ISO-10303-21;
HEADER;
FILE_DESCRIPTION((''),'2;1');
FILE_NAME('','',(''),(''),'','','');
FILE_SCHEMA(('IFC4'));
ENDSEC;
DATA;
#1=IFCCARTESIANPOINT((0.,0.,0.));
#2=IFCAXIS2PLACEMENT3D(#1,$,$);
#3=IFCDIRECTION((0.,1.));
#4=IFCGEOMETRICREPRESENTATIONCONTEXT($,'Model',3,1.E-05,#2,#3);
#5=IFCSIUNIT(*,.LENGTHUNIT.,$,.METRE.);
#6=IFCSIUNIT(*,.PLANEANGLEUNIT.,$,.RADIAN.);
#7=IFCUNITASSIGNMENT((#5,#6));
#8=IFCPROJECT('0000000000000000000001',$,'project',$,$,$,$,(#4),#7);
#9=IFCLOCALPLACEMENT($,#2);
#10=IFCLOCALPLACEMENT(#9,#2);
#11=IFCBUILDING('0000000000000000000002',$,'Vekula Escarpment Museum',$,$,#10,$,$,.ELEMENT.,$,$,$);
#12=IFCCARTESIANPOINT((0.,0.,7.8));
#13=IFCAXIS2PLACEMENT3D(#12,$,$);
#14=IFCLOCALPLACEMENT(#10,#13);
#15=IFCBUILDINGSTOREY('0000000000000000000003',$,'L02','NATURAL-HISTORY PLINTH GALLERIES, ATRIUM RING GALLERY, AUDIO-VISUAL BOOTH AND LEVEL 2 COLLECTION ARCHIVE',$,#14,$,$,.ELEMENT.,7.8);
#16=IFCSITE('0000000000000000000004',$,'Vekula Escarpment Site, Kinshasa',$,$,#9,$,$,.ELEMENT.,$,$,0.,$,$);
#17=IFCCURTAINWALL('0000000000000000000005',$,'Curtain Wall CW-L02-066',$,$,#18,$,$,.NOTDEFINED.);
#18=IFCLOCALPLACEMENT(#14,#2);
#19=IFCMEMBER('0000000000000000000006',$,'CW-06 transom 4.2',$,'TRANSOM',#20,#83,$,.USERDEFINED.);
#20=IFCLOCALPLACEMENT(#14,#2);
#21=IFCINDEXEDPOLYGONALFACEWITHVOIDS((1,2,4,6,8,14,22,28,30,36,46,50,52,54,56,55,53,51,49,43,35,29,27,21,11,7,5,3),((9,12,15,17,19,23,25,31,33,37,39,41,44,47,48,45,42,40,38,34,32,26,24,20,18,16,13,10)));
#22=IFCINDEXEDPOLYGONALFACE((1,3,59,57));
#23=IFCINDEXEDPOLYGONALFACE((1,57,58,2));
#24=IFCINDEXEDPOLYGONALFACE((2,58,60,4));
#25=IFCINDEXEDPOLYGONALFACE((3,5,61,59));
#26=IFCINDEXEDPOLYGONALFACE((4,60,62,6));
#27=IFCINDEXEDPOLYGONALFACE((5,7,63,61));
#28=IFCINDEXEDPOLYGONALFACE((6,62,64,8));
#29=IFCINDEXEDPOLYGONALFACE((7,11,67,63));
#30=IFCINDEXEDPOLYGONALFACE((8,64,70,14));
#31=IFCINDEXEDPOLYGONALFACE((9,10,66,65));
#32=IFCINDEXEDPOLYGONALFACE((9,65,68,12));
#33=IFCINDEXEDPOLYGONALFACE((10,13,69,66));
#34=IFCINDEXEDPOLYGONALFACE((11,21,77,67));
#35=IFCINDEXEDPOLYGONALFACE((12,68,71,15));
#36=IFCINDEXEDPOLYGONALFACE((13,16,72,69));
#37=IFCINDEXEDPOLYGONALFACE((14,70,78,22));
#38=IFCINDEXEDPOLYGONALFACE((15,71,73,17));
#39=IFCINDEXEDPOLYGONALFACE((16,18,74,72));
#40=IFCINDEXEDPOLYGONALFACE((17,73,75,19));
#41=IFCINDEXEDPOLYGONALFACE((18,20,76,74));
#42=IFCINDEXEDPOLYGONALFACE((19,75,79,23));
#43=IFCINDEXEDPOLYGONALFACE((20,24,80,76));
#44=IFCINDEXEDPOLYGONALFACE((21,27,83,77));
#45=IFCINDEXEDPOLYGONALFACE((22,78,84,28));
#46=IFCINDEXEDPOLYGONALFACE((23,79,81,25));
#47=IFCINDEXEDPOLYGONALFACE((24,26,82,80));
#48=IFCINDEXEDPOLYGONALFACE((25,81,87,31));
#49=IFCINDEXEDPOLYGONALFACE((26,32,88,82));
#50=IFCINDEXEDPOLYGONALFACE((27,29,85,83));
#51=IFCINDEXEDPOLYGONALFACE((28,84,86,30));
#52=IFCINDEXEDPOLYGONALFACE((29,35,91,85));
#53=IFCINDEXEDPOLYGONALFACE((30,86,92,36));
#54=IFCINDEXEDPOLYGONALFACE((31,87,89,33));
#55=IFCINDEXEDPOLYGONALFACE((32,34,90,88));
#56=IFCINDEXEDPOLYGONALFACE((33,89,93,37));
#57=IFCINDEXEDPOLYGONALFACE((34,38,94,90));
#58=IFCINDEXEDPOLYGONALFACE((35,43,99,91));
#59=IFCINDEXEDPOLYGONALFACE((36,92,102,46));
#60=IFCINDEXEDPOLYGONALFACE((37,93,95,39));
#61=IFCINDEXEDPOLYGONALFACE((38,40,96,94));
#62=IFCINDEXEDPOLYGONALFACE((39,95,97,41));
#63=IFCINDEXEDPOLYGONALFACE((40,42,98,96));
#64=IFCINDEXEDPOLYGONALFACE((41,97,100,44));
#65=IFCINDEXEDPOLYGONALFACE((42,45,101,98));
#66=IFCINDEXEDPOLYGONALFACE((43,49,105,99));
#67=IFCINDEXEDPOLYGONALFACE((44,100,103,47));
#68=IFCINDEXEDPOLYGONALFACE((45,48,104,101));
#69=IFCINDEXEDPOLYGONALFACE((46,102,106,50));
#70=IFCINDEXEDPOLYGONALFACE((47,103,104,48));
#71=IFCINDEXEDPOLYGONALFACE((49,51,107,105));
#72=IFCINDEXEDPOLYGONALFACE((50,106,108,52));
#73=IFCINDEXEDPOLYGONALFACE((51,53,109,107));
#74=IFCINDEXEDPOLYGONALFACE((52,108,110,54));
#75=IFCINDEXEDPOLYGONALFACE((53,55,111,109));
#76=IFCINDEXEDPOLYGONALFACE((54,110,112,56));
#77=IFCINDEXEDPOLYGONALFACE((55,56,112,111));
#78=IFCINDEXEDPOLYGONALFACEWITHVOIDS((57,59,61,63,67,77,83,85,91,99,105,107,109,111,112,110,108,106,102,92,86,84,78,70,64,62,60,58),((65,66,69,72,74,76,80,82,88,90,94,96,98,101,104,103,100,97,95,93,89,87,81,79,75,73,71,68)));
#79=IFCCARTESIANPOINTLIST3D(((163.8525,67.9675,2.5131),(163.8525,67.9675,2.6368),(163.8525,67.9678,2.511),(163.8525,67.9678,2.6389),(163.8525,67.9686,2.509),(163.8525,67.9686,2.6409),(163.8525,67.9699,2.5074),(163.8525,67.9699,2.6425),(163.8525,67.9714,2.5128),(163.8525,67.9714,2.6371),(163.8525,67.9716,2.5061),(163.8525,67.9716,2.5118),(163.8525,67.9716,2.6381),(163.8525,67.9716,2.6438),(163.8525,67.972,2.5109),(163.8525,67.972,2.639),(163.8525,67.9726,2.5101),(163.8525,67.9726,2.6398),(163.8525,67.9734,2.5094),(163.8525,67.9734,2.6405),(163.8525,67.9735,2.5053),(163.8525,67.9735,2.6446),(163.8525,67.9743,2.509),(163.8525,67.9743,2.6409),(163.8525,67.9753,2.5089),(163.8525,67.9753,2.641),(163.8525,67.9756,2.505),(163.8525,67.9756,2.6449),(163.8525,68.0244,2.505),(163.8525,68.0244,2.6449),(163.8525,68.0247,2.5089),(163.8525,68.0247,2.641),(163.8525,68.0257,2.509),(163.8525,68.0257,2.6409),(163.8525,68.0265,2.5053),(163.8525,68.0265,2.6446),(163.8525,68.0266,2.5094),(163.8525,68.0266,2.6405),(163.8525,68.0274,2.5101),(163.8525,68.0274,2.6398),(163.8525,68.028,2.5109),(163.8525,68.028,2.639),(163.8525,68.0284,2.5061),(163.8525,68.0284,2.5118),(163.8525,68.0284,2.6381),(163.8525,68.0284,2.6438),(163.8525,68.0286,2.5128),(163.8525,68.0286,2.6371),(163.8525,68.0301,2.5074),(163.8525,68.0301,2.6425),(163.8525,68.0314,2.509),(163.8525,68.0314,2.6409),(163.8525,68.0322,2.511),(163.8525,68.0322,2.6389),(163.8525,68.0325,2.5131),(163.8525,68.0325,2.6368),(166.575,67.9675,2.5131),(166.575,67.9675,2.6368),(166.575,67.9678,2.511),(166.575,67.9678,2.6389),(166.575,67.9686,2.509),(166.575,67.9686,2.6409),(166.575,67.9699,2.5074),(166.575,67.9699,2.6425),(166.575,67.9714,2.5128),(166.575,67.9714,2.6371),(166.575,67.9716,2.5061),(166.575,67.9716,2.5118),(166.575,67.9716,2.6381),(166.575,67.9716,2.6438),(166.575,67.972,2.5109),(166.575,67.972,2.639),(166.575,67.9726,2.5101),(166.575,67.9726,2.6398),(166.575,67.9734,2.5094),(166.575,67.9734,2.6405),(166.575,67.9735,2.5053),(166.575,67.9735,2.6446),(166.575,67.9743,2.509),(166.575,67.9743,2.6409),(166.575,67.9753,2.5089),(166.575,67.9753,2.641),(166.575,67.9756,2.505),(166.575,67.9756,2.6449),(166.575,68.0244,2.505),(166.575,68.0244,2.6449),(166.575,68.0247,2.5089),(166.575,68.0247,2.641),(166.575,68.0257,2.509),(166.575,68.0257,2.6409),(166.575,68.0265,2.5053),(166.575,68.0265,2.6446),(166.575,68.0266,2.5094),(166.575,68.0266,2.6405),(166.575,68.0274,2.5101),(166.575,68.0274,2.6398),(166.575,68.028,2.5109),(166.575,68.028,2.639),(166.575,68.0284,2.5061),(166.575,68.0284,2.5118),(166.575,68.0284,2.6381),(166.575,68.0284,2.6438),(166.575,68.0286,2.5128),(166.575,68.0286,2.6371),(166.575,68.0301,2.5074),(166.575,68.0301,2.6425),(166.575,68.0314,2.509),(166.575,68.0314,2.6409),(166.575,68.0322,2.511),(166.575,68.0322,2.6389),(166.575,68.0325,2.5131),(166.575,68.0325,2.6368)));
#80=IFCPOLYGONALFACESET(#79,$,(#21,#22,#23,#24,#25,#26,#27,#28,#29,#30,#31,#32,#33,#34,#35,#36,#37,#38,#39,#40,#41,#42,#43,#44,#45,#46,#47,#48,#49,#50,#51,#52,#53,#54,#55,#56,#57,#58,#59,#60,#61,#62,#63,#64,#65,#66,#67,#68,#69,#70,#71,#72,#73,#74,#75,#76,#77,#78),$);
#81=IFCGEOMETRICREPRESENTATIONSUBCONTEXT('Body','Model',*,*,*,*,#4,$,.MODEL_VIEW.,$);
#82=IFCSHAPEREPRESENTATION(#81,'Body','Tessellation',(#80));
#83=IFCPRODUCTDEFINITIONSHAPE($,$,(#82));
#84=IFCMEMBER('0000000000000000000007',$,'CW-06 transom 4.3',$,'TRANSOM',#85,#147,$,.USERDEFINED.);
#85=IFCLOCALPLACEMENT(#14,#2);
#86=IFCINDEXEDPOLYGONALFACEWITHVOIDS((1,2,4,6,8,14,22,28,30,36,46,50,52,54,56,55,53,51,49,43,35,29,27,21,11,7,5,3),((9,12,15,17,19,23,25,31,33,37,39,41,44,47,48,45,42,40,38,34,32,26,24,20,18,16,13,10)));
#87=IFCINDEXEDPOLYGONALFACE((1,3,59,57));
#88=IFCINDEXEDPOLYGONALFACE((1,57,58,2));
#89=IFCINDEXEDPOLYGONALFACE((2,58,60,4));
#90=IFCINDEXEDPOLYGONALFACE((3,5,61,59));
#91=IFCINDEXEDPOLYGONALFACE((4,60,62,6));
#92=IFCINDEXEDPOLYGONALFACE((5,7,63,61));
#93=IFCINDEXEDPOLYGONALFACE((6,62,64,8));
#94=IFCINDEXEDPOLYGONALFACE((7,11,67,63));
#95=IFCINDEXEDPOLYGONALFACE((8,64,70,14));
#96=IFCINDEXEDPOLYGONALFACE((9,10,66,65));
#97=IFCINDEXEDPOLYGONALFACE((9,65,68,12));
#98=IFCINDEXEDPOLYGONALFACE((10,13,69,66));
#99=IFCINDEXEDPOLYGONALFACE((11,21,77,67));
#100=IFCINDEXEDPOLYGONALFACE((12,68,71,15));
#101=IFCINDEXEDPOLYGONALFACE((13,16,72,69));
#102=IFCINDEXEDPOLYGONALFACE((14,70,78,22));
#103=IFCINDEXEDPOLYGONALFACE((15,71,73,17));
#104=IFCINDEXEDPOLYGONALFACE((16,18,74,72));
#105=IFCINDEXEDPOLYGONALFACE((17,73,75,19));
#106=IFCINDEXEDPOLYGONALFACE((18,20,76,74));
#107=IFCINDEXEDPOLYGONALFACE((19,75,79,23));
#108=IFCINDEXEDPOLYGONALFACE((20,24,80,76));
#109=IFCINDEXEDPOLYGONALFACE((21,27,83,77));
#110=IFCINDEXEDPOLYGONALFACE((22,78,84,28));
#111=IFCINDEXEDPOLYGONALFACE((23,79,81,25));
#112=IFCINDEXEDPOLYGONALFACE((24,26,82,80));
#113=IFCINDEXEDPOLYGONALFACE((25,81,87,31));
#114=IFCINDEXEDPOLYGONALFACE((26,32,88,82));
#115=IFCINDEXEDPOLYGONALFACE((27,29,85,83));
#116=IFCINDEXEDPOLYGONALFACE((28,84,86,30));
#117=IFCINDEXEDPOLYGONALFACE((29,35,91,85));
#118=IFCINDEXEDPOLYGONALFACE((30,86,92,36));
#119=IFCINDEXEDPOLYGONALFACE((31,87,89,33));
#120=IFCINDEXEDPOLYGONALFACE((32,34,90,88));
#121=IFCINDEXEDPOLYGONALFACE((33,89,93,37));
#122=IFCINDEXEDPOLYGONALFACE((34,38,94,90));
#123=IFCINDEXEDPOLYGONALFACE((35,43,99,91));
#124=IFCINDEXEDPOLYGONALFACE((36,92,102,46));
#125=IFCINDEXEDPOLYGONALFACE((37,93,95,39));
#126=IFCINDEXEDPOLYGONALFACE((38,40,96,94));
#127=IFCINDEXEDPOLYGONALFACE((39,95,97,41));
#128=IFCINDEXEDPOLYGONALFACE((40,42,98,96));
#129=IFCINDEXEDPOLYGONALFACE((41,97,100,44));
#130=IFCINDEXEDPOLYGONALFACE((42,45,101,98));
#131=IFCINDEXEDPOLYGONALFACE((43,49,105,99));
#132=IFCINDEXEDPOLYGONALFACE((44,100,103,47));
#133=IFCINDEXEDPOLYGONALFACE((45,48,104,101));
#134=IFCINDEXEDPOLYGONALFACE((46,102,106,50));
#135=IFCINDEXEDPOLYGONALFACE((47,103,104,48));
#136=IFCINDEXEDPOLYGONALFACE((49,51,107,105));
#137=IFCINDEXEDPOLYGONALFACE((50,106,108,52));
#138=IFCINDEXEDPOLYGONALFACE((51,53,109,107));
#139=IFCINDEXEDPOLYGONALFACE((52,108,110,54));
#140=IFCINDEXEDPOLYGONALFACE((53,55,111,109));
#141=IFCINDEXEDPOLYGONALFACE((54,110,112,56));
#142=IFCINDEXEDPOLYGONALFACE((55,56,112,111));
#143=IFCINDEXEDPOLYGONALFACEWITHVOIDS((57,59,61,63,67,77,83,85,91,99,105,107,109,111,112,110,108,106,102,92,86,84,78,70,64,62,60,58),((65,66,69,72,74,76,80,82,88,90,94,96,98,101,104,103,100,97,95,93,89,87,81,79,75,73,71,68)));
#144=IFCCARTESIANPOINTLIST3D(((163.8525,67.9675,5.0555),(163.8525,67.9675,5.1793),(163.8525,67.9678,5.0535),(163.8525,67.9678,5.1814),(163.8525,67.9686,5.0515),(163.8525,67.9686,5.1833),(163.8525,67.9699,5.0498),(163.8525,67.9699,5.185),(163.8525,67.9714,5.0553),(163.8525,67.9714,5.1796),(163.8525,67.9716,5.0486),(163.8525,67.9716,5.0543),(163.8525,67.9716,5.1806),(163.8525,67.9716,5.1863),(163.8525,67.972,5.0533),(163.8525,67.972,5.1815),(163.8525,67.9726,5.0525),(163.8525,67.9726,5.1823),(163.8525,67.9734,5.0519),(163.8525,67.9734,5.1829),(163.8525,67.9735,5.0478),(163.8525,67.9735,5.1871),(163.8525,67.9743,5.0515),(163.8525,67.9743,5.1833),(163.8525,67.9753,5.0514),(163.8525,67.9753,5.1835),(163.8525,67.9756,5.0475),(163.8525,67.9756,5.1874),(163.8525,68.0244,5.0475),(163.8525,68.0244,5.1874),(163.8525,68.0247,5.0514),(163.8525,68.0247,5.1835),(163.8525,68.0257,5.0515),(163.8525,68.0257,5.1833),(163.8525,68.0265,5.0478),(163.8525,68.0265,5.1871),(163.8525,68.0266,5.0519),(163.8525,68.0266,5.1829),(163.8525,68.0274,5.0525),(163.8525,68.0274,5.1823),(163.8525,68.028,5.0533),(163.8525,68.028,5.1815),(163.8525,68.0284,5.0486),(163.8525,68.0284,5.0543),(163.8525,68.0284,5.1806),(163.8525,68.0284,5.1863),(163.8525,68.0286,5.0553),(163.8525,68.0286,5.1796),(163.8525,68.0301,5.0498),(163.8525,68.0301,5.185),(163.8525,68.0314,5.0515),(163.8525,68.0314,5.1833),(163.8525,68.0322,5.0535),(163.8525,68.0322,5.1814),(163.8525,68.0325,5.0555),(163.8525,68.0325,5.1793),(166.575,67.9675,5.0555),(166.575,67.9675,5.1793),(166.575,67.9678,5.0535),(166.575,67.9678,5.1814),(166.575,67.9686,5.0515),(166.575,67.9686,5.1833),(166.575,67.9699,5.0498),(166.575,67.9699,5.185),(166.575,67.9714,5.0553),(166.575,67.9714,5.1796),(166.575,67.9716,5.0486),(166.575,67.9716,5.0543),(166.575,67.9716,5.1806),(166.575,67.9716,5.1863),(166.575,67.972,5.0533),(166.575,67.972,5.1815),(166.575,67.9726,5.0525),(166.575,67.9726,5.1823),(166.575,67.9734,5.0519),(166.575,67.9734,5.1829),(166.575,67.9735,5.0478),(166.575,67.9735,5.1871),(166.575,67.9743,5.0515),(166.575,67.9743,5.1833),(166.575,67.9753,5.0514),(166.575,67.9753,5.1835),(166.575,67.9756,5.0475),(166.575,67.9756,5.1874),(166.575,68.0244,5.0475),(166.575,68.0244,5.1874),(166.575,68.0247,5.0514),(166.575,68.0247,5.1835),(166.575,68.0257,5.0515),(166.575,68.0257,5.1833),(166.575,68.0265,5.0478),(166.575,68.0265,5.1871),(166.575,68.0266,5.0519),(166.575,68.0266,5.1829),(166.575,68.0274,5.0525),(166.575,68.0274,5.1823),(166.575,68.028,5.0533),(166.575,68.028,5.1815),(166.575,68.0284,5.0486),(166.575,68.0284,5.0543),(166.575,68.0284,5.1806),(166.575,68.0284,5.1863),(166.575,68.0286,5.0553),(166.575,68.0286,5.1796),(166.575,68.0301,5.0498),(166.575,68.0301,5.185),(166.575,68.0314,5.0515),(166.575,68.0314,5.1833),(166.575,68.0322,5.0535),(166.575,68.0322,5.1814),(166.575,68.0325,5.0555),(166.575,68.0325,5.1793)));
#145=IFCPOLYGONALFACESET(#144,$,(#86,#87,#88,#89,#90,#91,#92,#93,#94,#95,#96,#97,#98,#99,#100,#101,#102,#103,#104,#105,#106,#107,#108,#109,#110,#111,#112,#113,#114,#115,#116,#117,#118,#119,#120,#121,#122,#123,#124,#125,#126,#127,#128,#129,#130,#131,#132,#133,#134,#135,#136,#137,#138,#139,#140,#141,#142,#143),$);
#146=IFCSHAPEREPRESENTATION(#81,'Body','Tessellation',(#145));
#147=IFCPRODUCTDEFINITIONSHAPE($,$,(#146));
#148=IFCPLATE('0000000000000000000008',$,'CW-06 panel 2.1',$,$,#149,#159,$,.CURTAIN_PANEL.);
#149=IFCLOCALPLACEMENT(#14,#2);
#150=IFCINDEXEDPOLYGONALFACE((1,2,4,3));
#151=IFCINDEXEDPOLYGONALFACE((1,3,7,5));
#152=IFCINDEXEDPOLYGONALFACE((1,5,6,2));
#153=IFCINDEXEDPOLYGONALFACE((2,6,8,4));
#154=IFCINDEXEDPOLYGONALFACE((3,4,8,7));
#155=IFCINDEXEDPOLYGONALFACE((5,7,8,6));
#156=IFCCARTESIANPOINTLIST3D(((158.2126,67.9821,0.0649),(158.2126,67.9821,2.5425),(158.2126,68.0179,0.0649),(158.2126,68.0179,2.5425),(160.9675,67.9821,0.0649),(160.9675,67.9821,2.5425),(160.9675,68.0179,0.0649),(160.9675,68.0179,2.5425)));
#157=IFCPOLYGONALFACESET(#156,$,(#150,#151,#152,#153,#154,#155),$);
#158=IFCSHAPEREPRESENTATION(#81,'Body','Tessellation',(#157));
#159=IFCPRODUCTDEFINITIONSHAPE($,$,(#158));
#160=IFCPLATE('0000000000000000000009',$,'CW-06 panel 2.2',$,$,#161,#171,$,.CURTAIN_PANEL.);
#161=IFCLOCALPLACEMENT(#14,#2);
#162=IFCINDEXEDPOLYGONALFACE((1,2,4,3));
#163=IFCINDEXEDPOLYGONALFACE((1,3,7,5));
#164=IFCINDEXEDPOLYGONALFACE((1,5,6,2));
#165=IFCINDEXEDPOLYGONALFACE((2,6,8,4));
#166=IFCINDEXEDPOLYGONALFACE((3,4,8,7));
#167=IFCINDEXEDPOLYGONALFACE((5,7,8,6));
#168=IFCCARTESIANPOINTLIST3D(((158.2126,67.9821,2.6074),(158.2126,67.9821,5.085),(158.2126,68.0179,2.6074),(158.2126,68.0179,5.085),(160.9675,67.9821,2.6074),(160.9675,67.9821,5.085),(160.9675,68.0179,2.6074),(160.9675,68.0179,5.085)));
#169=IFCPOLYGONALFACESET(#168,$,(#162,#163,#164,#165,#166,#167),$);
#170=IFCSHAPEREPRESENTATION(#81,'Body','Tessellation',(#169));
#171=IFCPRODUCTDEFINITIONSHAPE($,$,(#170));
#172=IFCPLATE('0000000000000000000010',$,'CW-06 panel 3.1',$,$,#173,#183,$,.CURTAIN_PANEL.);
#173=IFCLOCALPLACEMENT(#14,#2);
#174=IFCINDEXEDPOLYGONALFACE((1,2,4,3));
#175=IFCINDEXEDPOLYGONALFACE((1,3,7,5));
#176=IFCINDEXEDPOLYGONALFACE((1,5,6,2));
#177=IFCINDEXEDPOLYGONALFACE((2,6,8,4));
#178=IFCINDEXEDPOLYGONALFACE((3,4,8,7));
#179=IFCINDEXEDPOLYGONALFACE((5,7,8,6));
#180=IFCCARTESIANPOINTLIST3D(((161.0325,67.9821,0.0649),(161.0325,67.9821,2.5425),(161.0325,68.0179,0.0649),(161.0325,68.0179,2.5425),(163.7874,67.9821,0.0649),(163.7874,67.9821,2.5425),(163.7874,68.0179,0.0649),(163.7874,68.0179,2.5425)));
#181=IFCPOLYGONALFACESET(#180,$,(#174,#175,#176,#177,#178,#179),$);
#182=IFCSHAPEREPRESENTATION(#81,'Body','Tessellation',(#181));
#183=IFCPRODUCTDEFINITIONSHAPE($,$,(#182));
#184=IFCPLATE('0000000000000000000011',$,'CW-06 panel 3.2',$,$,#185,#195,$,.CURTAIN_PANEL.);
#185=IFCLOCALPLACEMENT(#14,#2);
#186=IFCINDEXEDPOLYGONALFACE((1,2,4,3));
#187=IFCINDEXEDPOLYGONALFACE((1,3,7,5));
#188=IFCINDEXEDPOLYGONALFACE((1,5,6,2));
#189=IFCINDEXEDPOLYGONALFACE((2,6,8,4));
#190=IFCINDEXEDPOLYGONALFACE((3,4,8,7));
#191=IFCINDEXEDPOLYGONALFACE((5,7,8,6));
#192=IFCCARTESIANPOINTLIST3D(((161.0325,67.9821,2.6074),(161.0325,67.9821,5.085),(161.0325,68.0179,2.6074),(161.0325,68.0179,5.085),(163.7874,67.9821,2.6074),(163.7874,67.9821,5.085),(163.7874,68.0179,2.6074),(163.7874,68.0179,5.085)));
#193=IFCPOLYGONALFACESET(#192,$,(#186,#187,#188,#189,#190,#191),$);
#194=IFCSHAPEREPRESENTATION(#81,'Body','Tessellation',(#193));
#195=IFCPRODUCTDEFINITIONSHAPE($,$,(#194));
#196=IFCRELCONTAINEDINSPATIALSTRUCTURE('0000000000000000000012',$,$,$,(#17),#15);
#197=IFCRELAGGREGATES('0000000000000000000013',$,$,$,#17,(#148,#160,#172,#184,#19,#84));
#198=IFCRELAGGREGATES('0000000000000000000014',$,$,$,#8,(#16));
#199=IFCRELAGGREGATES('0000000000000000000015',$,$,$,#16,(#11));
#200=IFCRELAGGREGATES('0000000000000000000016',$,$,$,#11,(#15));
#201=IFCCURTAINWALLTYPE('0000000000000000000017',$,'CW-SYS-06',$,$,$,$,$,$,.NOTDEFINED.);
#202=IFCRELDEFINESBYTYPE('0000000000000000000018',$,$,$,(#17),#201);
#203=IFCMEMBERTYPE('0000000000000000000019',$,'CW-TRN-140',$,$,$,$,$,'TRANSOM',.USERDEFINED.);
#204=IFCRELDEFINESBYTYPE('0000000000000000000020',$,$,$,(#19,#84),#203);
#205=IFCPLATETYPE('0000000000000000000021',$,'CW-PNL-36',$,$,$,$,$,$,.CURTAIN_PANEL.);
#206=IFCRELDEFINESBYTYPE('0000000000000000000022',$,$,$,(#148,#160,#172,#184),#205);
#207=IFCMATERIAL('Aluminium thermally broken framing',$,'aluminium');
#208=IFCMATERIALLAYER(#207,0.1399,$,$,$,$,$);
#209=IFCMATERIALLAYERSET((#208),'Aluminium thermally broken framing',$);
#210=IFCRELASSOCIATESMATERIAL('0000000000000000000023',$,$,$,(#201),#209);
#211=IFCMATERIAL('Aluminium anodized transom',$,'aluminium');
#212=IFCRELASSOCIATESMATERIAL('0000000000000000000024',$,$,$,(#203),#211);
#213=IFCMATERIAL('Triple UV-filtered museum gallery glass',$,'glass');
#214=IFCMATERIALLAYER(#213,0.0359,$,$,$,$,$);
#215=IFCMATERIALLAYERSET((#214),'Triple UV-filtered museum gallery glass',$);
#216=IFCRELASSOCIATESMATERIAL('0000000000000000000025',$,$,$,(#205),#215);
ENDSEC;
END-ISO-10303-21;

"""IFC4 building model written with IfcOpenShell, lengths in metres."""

from ifc_helpers import new_model, si_unit, direction, frame, origin, origin_2d, place, context, subcontext, project, spatial, rectangle, hollow_rectangle, extrude, material, layer, layer_set, material_profile, profile_set, type_object, element, aggregate, save


model = new_model("IFC4")

# Units and contexts
model_context = context("Model", 3, precision=1e-05, world=origin(), true_north=direction((0.0, 1.0)))
body_context = subcontext(model_context, "Body", "Model", "MODEL_VIEW")
ifc_project = project(units=[si_unit("LENGTHUNIT", "METRE"), si_unit("PLANEANGLEUNIT", "RADIAN")], contexts=[model_context])

# Site, building, storey
site_placement = place(None, origin())
site = spatial("IfcSite", under=ifc_project, at=site_placement, Name="Vekula Escarpment Site, Kinshasa", CompositionType="ELEMENT", RefElevation=0.0)
building_placement = place(site_placement, origin())
building = spatial("IfcBuilding", under=site, at=building_placement, Name="Vekula Escarpment Museum", CompositionType="ELEMENT")
storey_placement = place(building_placement, frame((0.0, 0.0, 7.8)))
storey = spatial("IfcBuildingStorey", under=building, at=storey_placement, Name="L02", Description="NATURAL-HISTORY PLINTH GALLERIES, ATRIUM RING GALLERY, AUDIO-VISUAL BOOTH AND LEVEL 2 COLLECTION ARCHIVE", CompositionType="ELEMENT", Elevation=7.8)

# Curtain wall
ifc_material_1 = material(Name="Aluminium thermally broken framing", Category="aluminium")
ifc_layer_1 = layer(ifc_material_1, 0.1399)
ifc_layer_set_1 = layer_set([ifc_layer_1], Name="Aluminium thermally broken framing")
curtain_wall_type_1 = type_object("IfcCurtainWallType", Name="CW-SYS-06", PredefinedType="NOTDEFINED", material=ifc_layer_set_1)
curtain_wall_1_placement = place(storey_placement, origin())
curtain_wall_1 = element("IfcCurtainWall", 1, at=curtain_wall_1_placement, inside=storey, type_object=curtain_wall_type_1, Name="Curtain Wall CW-L02-066", PredefinedType="NOTDEFINED")

# Members
ifc_material_2 = material(Name="Aluminium anodized transom", Category="aluminium")
ifc_material_profile_1 = material_profile(ifc_material_2, hollow_rectangle(XDim=0.0649, YDim=0.1399, WallThickness=0.0039, InnerFilletRadius=0.0039, OuterFilletRadius=0.0081, at=origin_2d()), Name="ALU 140x65x4")
ifc_profile_set_1 = profile_set([ifc_material_profile_1], Name="Aluminium anodized transom")
member_type_1 = type_object("IfcMemberType", Name="CW-TRN-140", ElementType="TRANSOM", PredefinedType="USERDEFINED", material=ifc_profile_set_1)
member_1_placement = place(storey_placement, frame((163.8525, 68.0, 2.575), z_axis=(1.0, 0.0, 0.0), x_axis=(0.0, 1.0, 0.0)))
member_1 = element("IfcMember", 2, at=member_1_placement, type_object=member_type_1, Name="CW-06 transom 4.2", ObjectType="TRANSOM", PredefinedType="USERDEFINED", context=body_context, shape_type="SweptSolid", body=[
    extrude(hollow_rectangle(XDim=0.0649, YDim=0.1399, WallThickness=0.0039, InnerFilletRadius=0.0039, OuterFilletRadius=0.0081, at=origin_2d()), origin(), (0.0, 0.0, 1.0), 2.7224),
])
member_2_placement = place(storey_placement, frame((163.8525, 68.0, 5.1174), z_axis=(1.0, 0.0, 0.0), x_axis=(0.0, 1.0, 0.0)))
member_2 = element("IfcMember", 3, at=member_2_placement, type_object=member_type_1, Name="CW-06 transom 4.3", ObjectType="TRANSOM", PredefinedType="USERDEFINED", context=body_context, shape_type="SweptSolid", body=[
    extrude(hollow_rectangle(XDim=0.0649, YDim=0.1399, WallThickness=0.0039, InnerFilletRadius=0.0039, OuterFilletRadius=0.0081, at=origin_2d()), origin(), (0.0, 0.0, 1.0), 2.7224),
])

# Plates
ifc_material_3 = material(Name="Triple UV-filtered museum gallery glass", Category="glass")
ifc_layer_2 = layer(ifc_material_3, 0.0359)
ifc_layer_set_2 = layer_set([ifc_layer_2], Name="Triple UV-filtered museum gallery glass")
plate_type = type_object("IfcPlateType", Name="CW-PNL-36", PredefinedType="CURTAIN_PANEL", material=ifc_layer_set_2)
plate_1_placement = place(storey_placement, frame((159.5901, 68.0, 0.0649), z_axis=(0.0, 0.0, 1.0), x_axis=(1.0, 0.0, 0.0)))
plate_1 = element("IfcPlate", 4, at=plate_1_placement, type_object=plate_type, Name="CW-06 panel 2.1", PredefinedType="CURTAIN_PANEL", context=body_context, shape_type="SweptSolid", body=[
    extrude(rectangle(XDim=2.7549, YDim=0.0359, at=origin_2d()), origin(), (0.0, 0.0, 1.0), 2.4775),
])
plate_2_placement = place(storey_placement, frame((159.5901, 68.0, 2.6074), z_axis=(0.0, 0.0, 1.0), x_axis=(1.0, 0.0, 0.0)))
plate_2 = element("IfcPlate", 5, at=plate_2_placement, type_object=plate_type, Name="CW-06 panel 2.2", PredefinedType="CURTAIN_PANEL", context=body_context, shape_type="SweptSolid", body=[
    extrude(rectangle(XDim=2.7549, YDim=0.0359, at=origin_2d()), origin(), (0.0, 0.0, 1.0), 2.4775),
])
plate_3_placement = place(storey_placement, frame((162.4099, 68.0, 0.0649), z_axis=(0.0, 0.0, 1.0), x_axis=(1.0, 0.0, 0.0)))
plate_3 = element("IfcPlate", 6, at=plate_3_placement, type_object=plate_type, Name="CW-06 panel 3.1", PredefinedType="CURTAIN_PANEL", context=body_context, shape_type="SweptSolid", body=[
    extrude(rectangle(XDim=2.7549, YDim=0.0359, at=origin_2d()), origin(), (0.0, 0.0, 1.0), 2.4775),
])
plate_4_placement = place(storey_placement, frame((162.4099, 68.0, 2.6074), z_axis=(0.0, 0.0, 1.0), x_axis=(1.0, 0.0, 0.0)))
plate_4 = element("IfcPlate", 7, at=plate_4_placement, type_object=plate_type, Name="CW-06 panel 3.2", PredefinedType="CURTAIN_PANEL", context=body_context, shape_type="SweptSolid", body=[
    extrude(rectangle(XDim=2.7549, YDim=0.0359, at=origin_2d()), origin(), (0.0, 0.0, 1.0), 2.4775),
])
aggregate(curtain_wall_1, [plate_1, plate_2, plate_3, plate_4, member_1, member_2])

save(model, "model.ifc")
